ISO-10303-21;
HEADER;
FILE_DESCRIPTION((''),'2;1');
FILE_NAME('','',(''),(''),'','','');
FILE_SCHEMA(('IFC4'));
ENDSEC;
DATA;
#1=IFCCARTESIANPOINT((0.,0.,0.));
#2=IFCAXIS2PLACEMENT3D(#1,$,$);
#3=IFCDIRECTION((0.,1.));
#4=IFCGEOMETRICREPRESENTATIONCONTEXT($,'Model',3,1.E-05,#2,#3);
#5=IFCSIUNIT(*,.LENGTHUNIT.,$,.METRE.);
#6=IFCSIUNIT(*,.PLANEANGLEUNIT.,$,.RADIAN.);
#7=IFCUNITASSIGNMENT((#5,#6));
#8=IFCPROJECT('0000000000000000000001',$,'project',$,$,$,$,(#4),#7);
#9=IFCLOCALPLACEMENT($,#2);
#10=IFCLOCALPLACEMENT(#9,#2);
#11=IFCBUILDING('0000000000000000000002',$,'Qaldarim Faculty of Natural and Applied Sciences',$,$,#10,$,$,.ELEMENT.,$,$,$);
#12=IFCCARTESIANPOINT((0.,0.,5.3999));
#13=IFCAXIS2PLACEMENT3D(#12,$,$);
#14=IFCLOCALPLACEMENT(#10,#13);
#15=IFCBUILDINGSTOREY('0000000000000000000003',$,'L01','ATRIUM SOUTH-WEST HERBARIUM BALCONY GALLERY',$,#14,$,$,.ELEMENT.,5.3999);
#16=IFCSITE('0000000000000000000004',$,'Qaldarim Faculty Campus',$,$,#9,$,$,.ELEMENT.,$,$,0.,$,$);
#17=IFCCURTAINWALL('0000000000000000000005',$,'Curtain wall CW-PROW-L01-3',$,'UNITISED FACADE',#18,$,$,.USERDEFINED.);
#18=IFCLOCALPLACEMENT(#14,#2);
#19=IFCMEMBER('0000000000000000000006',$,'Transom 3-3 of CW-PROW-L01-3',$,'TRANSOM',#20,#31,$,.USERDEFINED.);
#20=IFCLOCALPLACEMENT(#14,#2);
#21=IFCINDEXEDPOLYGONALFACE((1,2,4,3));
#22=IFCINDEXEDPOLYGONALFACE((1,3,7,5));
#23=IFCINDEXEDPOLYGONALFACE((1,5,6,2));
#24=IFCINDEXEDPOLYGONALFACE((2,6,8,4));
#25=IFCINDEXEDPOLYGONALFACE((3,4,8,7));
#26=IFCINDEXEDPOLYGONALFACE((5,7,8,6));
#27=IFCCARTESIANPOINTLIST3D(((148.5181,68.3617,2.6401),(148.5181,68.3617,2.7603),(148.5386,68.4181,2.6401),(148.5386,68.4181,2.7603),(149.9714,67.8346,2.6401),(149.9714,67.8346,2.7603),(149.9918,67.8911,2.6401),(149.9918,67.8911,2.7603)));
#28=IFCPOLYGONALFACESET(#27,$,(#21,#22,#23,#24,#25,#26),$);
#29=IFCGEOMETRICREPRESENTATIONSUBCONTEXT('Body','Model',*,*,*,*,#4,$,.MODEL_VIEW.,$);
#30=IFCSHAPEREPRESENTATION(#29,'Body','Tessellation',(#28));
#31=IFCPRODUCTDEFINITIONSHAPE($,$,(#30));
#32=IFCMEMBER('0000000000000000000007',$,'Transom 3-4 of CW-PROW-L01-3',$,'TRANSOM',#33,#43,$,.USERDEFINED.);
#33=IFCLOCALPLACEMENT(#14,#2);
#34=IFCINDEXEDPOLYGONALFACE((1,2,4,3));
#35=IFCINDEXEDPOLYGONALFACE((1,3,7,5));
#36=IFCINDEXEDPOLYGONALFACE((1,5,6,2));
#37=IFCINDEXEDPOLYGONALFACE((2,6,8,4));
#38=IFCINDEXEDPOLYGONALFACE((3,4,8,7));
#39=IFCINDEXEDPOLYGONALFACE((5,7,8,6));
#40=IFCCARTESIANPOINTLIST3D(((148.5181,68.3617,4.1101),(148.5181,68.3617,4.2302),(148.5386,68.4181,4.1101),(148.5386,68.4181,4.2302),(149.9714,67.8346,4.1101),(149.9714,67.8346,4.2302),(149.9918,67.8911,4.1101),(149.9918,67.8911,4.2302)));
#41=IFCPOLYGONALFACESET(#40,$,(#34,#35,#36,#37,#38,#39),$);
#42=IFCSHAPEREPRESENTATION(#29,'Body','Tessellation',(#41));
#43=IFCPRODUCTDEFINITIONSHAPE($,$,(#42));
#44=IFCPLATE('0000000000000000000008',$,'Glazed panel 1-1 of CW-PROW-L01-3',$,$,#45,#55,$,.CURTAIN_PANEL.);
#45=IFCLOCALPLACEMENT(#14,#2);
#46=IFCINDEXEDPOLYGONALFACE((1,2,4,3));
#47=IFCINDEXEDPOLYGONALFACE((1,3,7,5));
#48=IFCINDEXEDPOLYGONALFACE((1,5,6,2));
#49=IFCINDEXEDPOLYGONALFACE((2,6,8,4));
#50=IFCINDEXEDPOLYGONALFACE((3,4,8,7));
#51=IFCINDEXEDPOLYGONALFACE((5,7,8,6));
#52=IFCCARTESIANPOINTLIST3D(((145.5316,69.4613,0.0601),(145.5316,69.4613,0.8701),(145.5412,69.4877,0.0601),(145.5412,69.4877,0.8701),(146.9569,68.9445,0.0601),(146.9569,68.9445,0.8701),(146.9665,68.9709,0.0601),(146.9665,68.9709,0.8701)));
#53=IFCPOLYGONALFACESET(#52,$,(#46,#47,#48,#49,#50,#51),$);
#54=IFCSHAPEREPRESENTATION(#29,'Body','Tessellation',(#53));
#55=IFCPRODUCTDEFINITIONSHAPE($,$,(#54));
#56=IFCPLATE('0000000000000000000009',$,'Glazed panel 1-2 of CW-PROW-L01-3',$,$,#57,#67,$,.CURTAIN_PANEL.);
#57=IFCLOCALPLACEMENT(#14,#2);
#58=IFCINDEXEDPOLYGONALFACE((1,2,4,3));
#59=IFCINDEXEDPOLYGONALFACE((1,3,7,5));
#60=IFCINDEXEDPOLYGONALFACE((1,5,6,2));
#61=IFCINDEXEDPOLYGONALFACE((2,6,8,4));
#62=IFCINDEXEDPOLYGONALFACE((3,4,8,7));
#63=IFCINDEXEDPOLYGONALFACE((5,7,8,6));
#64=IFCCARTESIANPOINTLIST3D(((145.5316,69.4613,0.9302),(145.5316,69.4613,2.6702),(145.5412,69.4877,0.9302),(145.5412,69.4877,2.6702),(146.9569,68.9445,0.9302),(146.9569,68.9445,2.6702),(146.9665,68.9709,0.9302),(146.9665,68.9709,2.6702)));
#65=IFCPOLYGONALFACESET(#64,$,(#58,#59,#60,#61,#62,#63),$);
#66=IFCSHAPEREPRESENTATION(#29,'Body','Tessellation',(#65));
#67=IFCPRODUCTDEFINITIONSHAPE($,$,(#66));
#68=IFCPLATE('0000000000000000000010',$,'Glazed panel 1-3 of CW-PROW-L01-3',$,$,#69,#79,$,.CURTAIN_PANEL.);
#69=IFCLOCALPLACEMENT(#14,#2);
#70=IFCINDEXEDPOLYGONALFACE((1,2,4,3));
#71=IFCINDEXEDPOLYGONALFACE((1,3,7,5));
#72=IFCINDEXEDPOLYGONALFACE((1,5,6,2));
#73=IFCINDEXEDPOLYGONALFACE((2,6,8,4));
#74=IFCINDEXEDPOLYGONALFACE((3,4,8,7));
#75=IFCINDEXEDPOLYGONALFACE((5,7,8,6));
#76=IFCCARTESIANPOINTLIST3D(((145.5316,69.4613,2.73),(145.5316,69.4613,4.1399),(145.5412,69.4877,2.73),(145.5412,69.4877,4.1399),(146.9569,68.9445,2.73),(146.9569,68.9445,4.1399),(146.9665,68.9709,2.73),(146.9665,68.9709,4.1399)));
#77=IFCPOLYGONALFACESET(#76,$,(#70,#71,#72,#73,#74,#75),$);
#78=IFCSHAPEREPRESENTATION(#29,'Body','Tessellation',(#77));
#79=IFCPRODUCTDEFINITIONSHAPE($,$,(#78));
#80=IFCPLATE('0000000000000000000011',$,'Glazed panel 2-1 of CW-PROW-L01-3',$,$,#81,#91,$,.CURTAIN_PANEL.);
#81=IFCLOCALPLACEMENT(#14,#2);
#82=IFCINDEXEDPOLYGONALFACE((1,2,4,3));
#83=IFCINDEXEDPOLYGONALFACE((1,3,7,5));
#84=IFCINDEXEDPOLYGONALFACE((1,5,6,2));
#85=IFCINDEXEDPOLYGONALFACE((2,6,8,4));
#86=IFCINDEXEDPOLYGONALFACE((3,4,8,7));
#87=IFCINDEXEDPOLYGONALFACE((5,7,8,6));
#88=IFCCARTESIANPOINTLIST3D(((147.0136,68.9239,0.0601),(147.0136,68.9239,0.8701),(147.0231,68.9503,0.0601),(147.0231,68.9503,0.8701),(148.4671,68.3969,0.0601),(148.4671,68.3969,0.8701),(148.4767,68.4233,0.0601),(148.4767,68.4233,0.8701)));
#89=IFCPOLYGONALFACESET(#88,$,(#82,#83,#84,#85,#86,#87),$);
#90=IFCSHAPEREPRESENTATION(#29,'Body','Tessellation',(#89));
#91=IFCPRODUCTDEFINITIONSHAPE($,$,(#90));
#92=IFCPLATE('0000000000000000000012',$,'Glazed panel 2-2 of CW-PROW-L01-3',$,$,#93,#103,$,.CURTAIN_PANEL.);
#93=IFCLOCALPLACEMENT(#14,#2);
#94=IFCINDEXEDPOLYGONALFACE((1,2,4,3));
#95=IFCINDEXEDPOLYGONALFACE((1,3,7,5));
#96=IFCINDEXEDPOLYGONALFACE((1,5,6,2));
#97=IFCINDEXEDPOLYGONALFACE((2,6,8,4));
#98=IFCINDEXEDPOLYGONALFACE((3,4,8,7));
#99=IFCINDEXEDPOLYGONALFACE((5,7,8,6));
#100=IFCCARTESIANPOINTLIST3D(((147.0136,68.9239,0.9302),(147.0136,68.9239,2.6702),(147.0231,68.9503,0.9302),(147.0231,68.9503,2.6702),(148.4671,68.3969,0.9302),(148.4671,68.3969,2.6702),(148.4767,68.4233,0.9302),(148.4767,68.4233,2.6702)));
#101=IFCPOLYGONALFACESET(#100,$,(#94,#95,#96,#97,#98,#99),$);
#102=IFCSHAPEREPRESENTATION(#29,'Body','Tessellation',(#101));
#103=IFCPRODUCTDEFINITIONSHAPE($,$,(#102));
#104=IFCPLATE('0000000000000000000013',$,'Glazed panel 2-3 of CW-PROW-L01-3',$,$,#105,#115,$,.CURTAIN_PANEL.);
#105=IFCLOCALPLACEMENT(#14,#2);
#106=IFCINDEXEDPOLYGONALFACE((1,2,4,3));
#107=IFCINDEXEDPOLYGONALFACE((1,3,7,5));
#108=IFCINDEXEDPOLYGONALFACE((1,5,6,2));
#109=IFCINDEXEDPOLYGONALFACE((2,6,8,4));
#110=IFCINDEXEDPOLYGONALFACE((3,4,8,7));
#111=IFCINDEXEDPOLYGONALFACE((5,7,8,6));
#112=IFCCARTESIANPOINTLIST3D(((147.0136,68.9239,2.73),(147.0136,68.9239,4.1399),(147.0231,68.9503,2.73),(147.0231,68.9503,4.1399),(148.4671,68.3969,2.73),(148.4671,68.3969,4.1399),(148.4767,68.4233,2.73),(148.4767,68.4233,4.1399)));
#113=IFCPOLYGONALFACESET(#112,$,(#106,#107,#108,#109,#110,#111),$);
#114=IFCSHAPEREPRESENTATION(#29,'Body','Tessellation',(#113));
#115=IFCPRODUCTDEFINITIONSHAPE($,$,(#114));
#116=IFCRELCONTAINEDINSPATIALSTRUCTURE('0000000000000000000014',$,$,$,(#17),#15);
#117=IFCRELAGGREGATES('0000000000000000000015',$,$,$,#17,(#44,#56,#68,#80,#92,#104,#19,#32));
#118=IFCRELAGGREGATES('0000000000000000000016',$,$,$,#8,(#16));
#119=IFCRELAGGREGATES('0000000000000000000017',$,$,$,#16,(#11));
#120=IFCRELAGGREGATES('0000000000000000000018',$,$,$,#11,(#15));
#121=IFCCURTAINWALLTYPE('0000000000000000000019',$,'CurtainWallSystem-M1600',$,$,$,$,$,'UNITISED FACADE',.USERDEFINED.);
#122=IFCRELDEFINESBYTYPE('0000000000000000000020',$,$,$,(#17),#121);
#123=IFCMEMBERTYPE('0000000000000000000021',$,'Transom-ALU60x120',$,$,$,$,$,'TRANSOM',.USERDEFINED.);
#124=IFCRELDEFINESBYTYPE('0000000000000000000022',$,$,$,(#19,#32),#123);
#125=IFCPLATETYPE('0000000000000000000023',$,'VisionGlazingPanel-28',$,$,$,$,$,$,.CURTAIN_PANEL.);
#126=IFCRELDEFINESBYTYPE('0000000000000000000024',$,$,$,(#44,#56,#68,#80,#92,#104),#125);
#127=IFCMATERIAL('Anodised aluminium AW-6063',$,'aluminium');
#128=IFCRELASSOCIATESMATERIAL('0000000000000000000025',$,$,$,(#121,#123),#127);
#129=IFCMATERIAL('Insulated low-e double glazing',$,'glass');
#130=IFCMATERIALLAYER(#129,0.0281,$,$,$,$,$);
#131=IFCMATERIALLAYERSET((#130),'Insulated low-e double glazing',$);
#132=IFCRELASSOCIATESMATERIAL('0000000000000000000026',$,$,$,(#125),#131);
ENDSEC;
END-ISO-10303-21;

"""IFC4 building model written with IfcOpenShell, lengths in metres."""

from ifc_helpers import new_model, si_unit, direction, frame, origin, origin_2d, place, context, subcontext, project, spatial, rectangle, extrude, material, layer, layer_set, material_profile, profile_set, type_object, element, aggregate, save


model = new_model("IFC4")

# Units and contexts
model_context = context("Model", 3, precision=1e-05, world=origin(), true_north=direction((0.0, 1.0)))
body_context = subcontext(model_context, "Body", "Model", "MODEL_VIEW")
ifc_project = project(units=[si_unit("LENGTHUNIT", "METRE"), si_unit("PLANEANGLEUNIT", "RADIAN")], contexts=[model_context])

# Site, building, storey
site_placement = place(None, origin())
site = spatial("IfcSite", under=ifc_project, at=site_placement, Name="Qaldarim Faculty Campus", CompositionType="ELEMENT", RefElevation=0.0)
building_placement = place(site_placement, origin())
building = spatial("IfcBuilding", under=site, at=building_placement, Name="Qaldarim Faculty of Natural and Applied Sciences", CompositionType="ELEMENT")
storey_placement = place(building_placement, frame((0.0, 0.0, 5.3999)))
storey = spatial("IfcBuildingStorey", under=building, at=storey_placement, Name="L01", Description="ATRIUM SOUTH-WEST HERBARIUM BALCONY GALLERY", CompositionType="ELEMENT", Elevation=5.3999)

# Curtain wall, members, plates
ifc_material_1 = material(Name="Anodised aluminium AW-6063", Category="aluminium")
curtain_wall_type = type_object("IfcCurtainWallType", Name="CurtainWallSystem-M1600", ElementType="UNITISED FACADE", PredefinedType="USERDEFINED", material=ifc_material_1)
curtain_wall_placement = place(storey_placement, origin())
curtain_wall = element("IfcCurtainWall", 1, at=curtain_wall_placement, inside=storey, type_object=curtain_wall_type, Name="Curtain wall CW-PROW-L01-3", ObjectType="UNITISED FACADE", PredefinedType="USERDEFINED")
ifc_material_profile_1 = material_profile(ifc_material_1, rectangle(XDim=0.0601, YDim=0.1201, at=origin_2d()), Name="ALU-T60x120")
ifc_profile_set_1 = profile_set([ifc_material_profile_1], Name="Anodised aluminium AW-6063")
member_type_1 = type_object("IfcMemberType", Name="Transom-ALU60x120", ElementType="TRANSOM", PredefinedType="USERDEFINED", material=ifc_profile_set_1)
member_1_placement = place(storey_placement, frame((148.5283, 68.3899, 2.7002), z_axis=(0.940084, -0.340944, 0.0), x_axis=(0.340944, 0.940084, 0.0)))
member_1 = element("IfcMember", 2, at=member_1_placement, type_object=member_type_1, Name="Transom 3-3 of CW-PROW-L01-3", ObjectType="TRANSOM", PredefinedType="USERDEFINED", context=body_context, shape_type="SweptSolid", body=[
    extrude(rectangle(XDim=0.0601, YDim=0.1201, at=origin_2d()), origin(), (0.0, 0.0, 1.0), 1.5459),
])
member_2_placement = place(storey_placement, frame((148.5283, 68.3899, 4.1702), z_axis=(0.940084, -0.340944, 0.0), x_axis=(0.340944, 0.940084, 0.0)))
member_2 = element("IfcMember", 3, at=member_2_placement, type_object=member_type_1, Name="Transom 3-4 of CW-PROW-L01-3", ObjectType="TRANSOM", PredefinedType="USERDEFINED", context=body_context, shape_type="SweptSolid", body=[
    extrude(rectangle(XDim=0.0601, YDim=0.1201, at=origin_2d()), origin(), (0.0, 0.0, 1.0), 1.5459),
])
ifc_material_2 = material(Name="Insulated low-e double glazing", Category="glass")
ifc_layer = layer(ifc_material_2, 0.0281)
ifc_layer_set = layer_set([ifc_layer], Name="Insulated low-e double glazing")
plate_type = type_object("IfcPlateType", Name="VisionGlazingPanel-28", PredefinedType="CURTAIN_PANEL", material=ifc_layer_set)
plate_1_placement = place(storey_placement, frame((146.249, 69.2161, 0.0601), z_axis=(0.0, 0.0, 1.0), x_axis=(0.94011, -0.340872, 0.0)))
plate_1 = element("IfcPlate", 4, at=plate_1_placement, type_object=plate_type, Name="Glazed panel 1-1 of CW-PROW-L01-3", PredefinedType="CURTAIN_PANEL", context=body_context, shape_type="SweptSolid", body=[
    extrude(rectangle(XDim=1.5161, YDim=0.0281, at=origin_2d()), origin(), (0.0, 0.0, 1.0), 0.8101),
])
plate_2_placement = place(storey_placement, frame((146.249, 69.2161, 0.9302), z_axis=(0.0, 0.0, 1.0), x_axis=(0.94011, -0.340872, 0.0)))
plate_2 = element("IfcPlate", 5, at=plate_2_placement, type_object=plate_type, Name="Glazed panel 1-2 of CW-PROW-L01-3", PredefinedType="CURTAIN_PANEL", context=body_context, shape_type="SweptSolid", body=[
    extrude(rectangle(XDim=1.5161, YDim=0.0281, at=origin_2d()), origin(), (0.0, 0.0, 1.0), 1.74),
])
plate_3_placement = place(storey_placement, frame((146.249, 69.2161, 2.73), z_axis=(0.0, 0.0, 1.0), x_axis=(0.94011, -0.340872, 0.0)))
plate_3 = element("IfcPlate", 6, at=plate_3_placement, type_object=plate_type, Name="Glazed panel 1-3 of CW-PROW-L01-3", PredefinedType="CURTAIN_PANEL", context=body_context, shape_type="SweptSolid", body=[
    extrude(rectangle(XDim=1.5161, YDim=0.0281, at=origin_2d()), origin(), (0.0, 0.0, 1.0), 1.4099),
])
plate_4_placement = place(storey_placement, frame((147.7451, 68.6736, 0.0601), z_axis=(0.0, 0.0, 1.0), x_axis=(0.94011, -0.340872, 0.0)))
plate_4 = element("IfcPlate", 7, at=plate_4_placement, type_object=plate_type, Name="Glazed panel 2-1 of CW-PROW-L01-3", PredefinedType="CURTAIN_PANEL", context=body_context, shape_type="SweptSolid", body=[
    extrude(rectangle(XDim=1.5461, YDim=0.0281, at=origin_2d()), origin(), (0.0, 0.0, 1.0), 0.8101),
])
plate_5_placement = place(storey_placement, frame((147.7451, 68.6736, 0.9302), z_axis=(0.0, 0.0, 1.0), x_axis=(0.94011, -0.340872, 0.0)))
plate_5 = element("IfcPlate", 8, at=plate_5_placement, type_object=plate_type, Name="Glazed panel 2-2 of CW-PROW-L01-3", PredefinedType="CURTAIN_PANEL", context=body_context, shape_type="SweptSolid", body=[
    extrude(rectangle(XDim=1.5461, YDim=0.0281, at=origin_2d()), origin(), (0.0, 0.0, 1.0), 1.74),
])
plate_6_placement = place(storey_placement, frame((147.7451, 68.6736, 2.73), z_axis=(0.0, 0.0, 1.0), x_axis=(0.94011, -0.340872, 0.0)))
plate_6 = element("IfcPlate", 9, at=plate_6_placement, type_object=plate_type, Name="Glazed panel 2-3 of CW-PROW-L01-3", PredefinedType="CURTAIN_PANEL", context=body_context, shape_type="SweptSolid", body=[
    extrude(rectangle(XDim=1.5461, YDim=0.0281, at=origin_2d()), origin(), (0.0, 0.0, 1.0), 1.4099),
])
aggregate(curtain_wall, [plate_1, plate_2, plate_3, plate_4, plate_5, plate_6, member_1, member_2])

save(model, "model.ifc")
